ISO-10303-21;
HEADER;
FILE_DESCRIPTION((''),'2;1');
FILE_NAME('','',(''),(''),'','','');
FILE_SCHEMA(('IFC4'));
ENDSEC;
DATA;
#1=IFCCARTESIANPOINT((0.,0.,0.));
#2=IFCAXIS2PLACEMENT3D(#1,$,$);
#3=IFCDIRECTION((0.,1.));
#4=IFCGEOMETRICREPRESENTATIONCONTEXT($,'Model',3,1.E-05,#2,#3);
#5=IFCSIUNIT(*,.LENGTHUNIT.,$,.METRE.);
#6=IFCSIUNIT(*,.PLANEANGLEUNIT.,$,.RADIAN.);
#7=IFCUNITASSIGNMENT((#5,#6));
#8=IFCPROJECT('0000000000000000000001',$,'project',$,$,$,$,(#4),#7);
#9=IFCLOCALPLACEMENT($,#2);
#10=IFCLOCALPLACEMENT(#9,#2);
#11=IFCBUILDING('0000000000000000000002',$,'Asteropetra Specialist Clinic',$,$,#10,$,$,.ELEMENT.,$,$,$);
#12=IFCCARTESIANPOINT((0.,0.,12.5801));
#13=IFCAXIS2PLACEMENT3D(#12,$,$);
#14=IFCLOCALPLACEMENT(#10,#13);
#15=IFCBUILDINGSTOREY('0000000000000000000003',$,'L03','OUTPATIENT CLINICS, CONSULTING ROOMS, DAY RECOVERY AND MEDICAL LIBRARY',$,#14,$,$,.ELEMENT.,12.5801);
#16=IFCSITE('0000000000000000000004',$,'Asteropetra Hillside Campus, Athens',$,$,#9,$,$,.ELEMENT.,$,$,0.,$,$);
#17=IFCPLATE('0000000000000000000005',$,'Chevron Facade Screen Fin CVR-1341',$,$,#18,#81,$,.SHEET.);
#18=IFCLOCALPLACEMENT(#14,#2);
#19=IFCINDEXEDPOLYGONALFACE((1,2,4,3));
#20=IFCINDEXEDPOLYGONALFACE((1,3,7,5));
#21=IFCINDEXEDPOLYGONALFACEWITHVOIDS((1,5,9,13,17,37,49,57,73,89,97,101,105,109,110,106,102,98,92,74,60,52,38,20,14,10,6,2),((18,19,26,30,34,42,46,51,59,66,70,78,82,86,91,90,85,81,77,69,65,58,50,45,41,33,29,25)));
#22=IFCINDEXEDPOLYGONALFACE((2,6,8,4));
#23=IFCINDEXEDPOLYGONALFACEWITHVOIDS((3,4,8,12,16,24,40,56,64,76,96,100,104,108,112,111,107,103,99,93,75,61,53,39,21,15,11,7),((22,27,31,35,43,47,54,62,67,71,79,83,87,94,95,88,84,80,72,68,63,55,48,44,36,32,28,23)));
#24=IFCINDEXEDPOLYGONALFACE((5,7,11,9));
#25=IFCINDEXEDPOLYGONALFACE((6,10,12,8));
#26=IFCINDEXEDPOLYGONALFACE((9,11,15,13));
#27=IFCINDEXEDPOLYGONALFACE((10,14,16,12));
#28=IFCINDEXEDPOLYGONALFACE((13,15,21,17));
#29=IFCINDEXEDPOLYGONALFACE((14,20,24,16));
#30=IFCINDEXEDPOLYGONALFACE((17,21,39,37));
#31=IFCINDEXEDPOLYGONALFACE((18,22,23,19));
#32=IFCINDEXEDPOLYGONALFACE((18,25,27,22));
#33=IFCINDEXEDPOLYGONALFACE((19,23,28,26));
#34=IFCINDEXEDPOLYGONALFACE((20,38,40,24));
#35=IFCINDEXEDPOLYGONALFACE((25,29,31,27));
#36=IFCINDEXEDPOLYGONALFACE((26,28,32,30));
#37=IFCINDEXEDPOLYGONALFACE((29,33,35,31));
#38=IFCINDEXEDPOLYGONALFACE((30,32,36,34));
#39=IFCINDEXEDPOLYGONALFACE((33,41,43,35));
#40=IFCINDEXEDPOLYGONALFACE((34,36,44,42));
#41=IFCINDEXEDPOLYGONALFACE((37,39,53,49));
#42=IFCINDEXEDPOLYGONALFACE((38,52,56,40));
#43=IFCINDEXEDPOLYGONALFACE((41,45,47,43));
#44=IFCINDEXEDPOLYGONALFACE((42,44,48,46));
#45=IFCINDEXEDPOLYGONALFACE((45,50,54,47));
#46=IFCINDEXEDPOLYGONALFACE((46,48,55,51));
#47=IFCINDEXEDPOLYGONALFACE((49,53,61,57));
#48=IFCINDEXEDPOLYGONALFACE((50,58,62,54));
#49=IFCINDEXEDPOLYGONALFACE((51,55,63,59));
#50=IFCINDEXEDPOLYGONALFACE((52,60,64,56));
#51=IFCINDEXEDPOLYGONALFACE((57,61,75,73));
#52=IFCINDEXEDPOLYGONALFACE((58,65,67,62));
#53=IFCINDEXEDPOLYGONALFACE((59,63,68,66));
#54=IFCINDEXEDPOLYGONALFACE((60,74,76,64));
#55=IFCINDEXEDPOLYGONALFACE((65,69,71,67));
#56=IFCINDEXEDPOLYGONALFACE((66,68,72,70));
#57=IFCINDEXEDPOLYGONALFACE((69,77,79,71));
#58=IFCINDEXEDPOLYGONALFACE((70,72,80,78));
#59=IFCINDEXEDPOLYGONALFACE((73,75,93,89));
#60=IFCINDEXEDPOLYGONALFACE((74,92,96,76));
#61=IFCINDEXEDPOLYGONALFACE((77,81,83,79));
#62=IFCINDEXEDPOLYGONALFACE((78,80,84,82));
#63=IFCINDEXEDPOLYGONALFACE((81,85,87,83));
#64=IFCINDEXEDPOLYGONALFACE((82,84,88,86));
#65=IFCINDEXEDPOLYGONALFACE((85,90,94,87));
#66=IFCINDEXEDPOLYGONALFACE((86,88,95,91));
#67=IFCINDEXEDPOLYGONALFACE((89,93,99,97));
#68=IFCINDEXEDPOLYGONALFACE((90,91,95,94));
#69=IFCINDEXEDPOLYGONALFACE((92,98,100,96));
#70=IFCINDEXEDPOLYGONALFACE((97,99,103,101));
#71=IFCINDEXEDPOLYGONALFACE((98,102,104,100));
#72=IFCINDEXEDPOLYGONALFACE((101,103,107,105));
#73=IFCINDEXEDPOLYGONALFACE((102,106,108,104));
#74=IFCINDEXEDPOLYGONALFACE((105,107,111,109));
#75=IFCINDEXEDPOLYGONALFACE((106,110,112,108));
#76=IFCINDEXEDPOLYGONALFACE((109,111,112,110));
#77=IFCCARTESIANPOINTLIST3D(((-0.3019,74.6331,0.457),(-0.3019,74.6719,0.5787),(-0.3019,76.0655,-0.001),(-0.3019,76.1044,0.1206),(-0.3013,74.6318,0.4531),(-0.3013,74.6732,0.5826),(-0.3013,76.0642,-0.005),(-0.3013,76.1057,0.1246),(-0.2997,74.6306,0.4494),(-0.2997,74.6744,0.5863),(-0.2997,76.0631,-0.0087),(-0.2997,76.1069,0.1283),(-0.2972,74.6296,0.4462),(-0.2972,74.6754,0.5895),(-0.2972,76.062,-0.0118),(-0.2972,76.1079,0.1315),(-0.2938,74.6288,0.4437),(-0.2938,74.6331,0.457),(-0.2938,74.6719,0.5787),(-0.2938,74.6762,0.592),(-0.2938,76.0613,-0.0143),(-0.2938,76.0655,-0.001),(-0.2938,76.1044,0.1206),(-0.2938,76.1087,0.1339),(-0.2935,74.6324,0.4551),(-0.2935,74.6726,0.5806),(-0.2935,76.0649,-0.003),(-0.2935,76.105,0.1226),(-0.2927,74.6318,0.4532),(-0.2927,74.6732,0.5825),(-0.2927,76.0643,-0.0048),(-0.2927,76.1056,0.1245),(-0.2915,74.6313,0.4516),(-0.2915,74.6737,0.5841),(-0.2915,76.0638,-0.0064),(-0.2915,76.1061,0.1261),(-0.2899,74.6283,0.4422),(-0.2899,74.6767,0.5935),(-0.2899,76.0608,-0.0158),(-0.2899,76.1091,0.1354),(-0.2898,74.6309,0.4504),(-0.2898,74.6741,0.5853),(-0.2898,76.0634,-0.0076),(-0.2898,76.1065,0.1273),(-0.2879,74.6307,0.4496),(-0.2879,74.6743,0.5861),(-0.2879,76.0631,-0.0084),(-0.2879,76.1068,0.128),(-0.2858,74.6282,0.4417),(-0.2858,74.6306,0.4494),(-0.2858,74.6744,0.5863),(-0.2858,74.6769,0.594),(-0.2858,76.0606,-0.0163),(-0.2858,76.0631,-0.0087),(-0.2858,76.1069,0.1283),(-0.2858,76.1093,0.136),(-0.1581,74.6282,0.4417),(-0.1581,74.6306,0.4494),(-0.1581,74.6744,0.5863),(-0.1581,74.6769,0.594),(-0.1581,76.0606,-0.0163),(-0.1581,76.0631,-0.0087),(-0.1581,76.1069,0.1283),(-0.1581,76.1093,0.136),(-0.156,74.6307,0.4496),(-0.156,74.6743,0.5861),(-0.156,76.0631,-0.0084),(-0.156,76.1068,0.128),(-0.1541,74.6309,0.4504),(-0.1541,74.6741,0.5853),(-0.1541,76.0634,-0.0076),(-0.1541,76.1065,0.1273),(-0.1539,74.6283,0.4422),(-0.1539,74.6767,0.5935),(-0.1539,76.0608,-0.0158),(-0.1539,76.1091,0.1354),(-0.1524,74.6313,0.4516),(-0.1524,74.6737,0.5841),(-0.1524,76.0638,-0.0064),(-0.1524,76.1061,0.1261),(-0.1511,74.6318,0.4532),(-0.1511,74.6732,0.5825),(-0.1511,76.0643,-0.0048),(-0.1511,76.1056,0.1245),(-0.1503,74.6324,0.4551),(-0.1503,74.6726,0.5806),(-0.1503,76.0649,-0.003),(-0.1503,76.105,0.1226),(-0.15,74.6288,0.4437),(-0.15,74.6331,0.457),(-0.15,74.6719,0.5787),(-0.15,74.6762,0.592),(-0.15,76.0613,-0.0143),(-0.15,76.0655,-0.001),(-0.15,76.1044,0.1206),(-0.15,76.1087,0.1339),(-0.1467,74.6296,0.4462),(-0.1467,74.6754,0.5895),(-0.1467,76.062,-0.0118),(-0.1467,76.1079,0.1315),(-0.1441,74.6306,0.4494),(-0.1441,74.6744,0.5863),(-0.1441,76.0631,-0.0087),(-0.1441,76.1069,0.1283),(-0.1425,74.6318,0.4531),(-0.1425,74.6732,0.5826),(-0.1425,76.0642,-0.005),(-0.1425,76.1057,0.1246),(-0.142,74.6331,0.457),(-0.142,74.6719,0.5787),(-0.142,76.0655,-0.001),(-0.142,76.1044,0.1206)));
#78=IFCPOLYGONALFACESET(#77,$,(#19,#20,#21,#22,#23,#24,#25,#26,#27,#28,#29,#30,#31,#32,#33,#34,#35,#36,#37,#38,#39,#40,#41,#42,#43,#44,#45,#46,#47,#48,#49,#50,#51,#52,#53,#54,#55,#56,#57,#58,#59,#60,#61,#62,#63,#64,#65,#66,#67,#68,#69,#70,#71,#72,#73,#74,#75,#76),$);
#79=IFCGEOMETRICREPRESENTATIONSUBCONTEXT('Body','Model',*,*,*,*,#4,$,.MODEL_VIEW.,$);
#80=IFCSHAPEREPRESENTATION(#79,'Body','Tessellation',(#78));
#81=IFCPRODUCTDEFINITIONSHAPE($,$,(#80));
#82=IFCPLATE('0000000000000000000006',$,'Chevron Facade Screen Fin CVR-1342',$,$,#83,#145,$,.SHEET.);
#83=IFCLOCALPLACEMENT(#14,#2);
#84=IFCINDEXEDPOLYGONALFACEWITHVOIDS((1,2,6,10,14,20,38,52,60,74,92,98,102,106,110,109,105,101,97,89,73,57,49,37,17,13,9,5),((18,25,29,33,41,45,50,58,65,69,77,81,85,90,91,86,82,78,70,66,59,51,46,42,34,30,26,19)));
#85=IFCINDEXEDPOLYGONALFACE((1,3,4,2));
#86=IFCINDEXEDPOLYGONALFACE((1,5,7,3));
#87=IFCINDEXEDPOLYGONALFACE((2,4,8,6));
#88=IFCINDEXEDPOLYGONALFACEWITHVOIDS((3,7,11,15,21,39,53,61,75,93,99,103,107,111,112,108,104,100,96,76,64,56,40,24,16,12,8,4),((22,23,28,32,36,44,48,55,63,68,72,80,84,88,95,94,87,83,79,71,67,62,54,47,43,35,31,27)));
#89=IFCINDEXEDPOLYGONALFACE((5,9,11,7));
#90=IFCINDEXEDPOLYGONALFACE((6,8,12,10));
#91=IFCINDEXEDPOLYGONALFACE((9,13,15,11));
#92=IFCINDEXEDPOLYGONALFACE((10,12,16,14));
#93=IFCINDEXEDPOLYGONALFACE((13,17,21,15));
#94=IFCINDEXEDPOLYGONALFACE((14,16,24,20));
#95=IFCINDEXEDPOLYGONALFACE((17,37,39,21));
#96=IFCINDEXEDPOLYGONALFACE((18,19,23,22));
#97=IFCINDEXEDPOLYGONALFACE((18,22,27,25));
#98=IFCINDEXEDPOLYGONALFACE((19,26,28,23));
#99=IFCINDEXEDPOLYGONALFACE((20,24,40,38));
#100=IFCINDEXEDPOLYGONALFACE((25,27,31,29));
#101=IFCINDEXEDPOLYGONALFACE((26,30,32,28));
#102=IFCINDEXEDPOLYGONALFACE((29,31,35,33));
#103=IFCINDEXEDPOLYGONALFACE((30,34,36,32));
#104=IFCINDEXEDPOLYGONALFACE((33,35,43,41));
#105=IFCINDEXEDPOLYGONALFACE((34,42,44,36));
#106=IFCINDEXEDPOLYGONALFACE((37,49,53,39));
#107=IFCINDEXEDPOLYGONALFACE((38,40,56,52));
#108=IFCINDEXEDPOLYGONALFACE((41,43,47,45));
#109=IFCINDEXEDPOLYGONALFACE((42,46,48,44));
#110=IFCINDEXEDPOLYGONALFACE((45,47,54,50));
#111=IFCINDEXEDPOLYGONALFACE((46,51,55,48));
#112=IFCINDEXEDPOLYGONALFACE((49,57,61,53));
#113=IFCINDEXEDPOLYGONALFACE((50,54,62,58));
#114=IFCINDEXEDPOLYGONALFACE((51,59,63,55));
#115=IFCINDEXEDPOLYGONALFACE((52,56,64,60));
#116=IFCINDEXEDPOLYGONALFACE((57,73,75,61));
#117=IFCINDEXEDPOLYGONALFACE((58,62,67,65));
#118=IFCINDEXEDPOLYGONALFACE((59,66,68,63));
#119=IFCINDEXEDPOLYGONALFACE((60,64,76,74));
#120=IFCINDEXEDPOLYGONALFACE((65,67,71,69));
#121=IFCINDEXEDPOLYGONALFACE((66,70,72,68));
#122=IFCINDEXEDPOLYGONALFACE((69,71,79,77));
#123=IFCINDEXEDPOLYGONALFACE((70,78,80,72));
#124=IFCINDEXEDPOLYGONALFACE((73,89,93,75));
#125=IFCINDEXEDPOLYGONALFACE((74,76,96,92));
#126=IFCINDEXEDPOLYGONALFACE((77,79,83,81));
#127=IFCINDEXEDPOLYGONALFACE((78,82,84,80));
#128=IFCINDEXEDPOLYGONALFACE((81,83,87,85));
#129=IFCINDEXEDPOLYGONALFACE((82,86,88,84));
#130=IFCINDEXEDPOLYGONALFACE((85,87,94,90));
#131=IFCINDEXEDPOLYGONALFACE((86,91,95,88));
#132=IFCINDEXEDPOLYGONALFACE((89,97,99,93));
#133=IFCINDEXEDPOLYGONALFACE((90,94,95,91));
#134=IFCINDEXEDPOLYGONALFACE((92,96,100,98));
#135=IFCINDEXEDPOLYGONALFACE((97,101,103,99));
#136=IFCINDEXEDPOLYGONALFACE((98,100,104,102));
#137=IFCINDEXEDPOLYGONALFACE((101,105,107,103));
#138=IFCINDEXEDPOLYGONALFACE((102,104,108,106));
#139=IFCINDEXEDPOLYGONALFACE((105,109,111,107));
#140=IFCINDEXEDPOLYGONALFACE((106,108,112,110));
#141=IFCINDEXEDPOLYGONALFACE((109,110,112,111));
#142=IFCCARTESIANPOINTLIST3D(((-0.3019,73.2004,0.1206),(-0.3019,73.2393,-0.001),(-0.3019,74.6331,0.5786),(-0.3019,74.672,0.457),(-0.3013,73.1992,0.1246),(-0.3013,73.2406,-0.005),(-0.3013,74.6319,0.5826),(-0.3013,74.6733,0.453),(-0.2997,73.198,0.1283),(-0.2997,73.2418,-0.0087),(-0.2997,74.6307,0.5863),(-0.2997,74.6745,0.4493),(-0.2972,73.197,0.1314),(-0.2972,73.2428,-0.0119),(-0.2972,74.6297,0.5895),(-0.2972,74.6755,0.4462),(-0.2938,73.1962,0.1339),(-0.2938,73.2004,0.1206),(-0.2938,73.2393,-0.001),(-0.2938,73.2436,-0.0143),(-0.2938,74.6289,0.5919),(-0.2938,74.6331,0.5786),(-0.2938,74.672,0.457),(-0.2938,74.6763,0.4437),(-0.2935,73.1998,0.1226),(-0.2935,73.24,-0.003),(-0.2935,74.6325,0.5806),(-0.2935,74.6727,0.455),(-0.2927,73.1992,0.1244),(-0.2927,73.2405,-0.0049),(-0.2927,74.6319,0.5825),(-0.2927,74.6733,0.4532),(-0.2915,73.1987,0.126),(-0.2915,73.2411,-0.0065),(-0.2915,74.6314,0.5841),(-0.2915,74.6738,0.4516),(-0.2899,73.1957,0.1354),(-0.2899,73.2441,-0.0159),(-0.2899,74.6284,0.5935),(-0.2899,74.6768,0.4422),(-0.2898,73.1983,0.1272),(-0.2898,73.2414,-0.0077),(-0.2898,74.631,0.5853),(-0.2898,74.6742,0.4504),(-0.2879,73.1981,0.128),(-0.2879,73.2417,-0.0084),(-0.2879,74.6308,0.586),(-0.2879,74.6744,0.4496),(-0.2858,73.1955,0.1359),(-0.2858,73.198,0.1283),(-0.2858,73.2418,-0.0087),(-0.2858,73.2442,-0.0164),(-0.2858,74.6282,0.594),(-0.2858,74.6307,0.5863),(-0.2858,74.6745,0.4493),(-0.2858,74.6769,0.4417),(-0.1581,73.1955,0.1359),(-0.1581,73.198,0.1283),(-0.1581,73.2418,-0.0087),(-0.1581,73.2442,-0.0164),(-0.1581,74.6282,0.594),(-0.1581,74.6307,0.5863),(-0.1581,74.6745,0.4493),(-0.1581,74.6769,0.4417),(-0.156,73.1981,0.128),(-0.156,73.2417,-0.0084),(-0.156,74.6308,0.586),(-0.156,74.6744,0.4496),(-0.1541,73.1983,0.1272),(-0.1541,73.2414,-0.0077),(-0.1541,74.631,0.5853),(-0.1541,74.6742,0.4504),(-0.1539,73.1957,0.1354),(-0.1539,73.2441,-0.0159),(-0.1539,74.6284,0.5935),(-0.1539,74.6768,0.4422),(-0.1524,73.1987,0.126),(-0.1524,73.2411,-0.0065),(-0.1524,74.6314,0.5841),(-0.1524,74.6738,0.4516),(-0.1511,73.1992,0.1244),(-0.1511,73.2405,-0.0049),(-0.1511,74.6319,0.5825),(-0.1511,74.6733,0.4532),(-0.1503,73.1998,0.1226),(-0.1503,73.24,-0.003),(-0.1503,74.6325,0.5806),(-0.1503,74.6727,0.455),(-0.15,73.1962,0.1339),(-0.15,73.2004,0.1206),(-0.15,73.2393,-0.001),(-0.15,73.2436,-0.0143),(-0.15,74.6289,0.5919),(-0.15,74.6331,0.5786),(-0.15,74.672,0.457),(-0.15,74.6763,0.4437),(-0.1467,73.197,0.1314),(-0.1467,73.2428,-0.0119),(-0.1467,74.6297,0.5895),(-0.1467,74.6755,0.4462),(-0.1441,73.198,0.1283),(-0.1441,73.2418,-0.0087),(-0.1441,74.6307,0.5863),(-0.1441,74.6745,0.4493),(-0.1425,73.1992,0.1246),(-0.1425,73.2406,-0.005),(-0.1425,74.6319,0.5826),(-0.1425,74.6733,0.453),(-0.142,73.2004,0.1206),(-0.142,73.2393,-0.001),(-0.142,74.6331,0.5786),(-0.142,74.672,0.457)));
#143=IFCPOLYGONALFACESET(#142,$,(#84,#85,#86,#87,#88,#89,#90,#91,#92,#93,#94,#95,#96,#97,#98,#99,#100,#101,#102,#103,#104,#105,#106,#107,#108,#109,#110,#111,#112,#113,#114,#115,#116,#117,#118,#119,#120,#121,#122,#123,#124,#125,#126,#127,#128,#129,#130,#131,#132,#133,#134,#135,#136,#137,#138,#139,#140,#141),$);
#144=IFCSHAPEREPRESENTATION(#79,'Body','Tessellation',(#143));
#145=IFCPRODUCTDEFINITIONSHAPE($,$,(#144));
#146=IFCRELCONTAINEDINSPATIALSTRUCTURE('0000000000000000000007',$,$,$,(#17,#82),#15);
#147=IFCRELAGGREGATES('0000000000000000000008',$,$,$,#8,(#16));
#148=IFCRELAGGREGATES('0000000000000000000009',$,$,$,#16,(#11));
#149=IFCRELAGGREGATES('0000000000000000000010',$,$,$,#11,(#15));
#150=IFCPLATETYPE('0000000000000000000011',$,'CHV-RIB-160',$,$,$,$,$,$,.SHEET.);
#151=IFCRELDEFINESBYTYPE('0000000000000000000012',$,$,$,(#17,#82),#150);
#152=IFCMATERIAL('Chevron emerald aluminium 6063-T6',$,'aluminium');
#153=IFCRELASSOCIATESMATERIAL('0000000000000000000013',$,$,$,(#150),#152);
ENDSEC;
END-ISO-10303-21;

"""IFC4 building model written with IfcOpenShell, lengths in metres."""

from ifc_helpers import new_model, si_unit, direction, frame, origin, origin_2d, place, context, subcontext, project, spatial, hollow_rectangle, extrude, material, material_profile, profile_set, type_object, element, save


model = new_model("IFC4")

# Units and contexts
model_context = context("Model", 3, precision=1e-05, world=origin(), true_north=direction((0.0, 1.0)))
body_context = subcontext(model_context, "Body", "Model", "MODEL_VIEW")
ifc_project = project(units=[si_unit("LENGTHUNIT", "METRE"), si_unit("PLANEANGLEUNIT", "RADIAN")], contexts=[model_context])

# Site, building, storey
site_placement = place(None, origin())
site = spatial("IfcSite", under=ifc_project, at=site_placement, Name="Asteropetra Hillside Campus, Athens", CompositionType="ELEMENT", RefElevation=0.0)
building_placement = place(site_placement, origin())
building = spatial("IfcBuilding", under=site, at=building_placement, Name="Asteropetra Specialist Clinic", CompositionType="ELEMENT")
storey_placement = place(building_placement, frame((0.0, 0.0, 12.5801)))
storey = spatial("IfcBuildingStorey", under=building, at=storey_placement, Name="L03", Description="OUTPATIENT CLINICS, CONSULTING ROOMS, DAY RECOVERY AND MEDICAL LIBRARY", CompositionType="ELEMENT", Elevation=12.5801)

# Plates
ifc_material_1 = material(Name="Chevron emerald aluminium 6063-T6", Category="aluminium")
ifc_material_profile = material_profile(ifc_material_1, hollow_rectangle(XDim=0.1599, YDim=0.1599, WallThickness=0.0081, InnerFilletRadius=0.0081, OuterFilletRadius=0.0161, at=origin_2d()), Name="SHS 160x160x8.0")
ifc_profile_set = profile_set([ifc_material_profile], Name="Chevron emerald aluminium 6063-T6")
plate_type_1 = type_object("IfcPlateType", Name="CHV-RIB-160", PredefinedType="SHEET", material=ifc_profile_set)
plate_1_placement = place(storey_placement, frame((-0.2219, 76.085, 0.0598), z_axis=(0.0, -0.952492, 0.304564), x_axis=(1.0, 0.0, 0.0)))
element("IfcPlate", 1, at=plate_1_placement, inside=storey, type_object=plate_type_1, Name="Chevron Facade Screen Fin CVR-1341", PredefinedType="SHEET", context=body_context, shape_type="SweptSolid", body=[
    extrude(hollow_rectangle(XDim=0.1599, YDim=0.1599, WallThickness=0.0081, InnerFilletRadius=0.0081, OuterFilletRadius=0.0161, at=origin_2d()), origin(), (0.0, 0.0, 1.0), 1.5039),
])
plate_2_placement = place(storey_placement, frame((-0.2219, 74.6526, 0.5178), z_axis=(0.0, -0.952507, -0.304517), x_axis=(1.0, 0.0, 0.0)))
element("IfcPlate", 2, at=plate_2_placement, inside=storey, type_object=plate_type_1, Name="Chevron Facade Screen Fin CVR-1342", PredefinedType="SHEET", context=body_context, shape_type="SweptSolid", body=[
    extrude(hollow_rectangle(XDim=0.1599, YDim=0.1599, WallThickness=0.0081, InnerFilletRadius=0.0081, OuterFilletRadius=0.0161, at=origin_2d()), origin(), (0.0, 0.0, 1.0), 1.5042),
])

save(model, "model.ifc")
